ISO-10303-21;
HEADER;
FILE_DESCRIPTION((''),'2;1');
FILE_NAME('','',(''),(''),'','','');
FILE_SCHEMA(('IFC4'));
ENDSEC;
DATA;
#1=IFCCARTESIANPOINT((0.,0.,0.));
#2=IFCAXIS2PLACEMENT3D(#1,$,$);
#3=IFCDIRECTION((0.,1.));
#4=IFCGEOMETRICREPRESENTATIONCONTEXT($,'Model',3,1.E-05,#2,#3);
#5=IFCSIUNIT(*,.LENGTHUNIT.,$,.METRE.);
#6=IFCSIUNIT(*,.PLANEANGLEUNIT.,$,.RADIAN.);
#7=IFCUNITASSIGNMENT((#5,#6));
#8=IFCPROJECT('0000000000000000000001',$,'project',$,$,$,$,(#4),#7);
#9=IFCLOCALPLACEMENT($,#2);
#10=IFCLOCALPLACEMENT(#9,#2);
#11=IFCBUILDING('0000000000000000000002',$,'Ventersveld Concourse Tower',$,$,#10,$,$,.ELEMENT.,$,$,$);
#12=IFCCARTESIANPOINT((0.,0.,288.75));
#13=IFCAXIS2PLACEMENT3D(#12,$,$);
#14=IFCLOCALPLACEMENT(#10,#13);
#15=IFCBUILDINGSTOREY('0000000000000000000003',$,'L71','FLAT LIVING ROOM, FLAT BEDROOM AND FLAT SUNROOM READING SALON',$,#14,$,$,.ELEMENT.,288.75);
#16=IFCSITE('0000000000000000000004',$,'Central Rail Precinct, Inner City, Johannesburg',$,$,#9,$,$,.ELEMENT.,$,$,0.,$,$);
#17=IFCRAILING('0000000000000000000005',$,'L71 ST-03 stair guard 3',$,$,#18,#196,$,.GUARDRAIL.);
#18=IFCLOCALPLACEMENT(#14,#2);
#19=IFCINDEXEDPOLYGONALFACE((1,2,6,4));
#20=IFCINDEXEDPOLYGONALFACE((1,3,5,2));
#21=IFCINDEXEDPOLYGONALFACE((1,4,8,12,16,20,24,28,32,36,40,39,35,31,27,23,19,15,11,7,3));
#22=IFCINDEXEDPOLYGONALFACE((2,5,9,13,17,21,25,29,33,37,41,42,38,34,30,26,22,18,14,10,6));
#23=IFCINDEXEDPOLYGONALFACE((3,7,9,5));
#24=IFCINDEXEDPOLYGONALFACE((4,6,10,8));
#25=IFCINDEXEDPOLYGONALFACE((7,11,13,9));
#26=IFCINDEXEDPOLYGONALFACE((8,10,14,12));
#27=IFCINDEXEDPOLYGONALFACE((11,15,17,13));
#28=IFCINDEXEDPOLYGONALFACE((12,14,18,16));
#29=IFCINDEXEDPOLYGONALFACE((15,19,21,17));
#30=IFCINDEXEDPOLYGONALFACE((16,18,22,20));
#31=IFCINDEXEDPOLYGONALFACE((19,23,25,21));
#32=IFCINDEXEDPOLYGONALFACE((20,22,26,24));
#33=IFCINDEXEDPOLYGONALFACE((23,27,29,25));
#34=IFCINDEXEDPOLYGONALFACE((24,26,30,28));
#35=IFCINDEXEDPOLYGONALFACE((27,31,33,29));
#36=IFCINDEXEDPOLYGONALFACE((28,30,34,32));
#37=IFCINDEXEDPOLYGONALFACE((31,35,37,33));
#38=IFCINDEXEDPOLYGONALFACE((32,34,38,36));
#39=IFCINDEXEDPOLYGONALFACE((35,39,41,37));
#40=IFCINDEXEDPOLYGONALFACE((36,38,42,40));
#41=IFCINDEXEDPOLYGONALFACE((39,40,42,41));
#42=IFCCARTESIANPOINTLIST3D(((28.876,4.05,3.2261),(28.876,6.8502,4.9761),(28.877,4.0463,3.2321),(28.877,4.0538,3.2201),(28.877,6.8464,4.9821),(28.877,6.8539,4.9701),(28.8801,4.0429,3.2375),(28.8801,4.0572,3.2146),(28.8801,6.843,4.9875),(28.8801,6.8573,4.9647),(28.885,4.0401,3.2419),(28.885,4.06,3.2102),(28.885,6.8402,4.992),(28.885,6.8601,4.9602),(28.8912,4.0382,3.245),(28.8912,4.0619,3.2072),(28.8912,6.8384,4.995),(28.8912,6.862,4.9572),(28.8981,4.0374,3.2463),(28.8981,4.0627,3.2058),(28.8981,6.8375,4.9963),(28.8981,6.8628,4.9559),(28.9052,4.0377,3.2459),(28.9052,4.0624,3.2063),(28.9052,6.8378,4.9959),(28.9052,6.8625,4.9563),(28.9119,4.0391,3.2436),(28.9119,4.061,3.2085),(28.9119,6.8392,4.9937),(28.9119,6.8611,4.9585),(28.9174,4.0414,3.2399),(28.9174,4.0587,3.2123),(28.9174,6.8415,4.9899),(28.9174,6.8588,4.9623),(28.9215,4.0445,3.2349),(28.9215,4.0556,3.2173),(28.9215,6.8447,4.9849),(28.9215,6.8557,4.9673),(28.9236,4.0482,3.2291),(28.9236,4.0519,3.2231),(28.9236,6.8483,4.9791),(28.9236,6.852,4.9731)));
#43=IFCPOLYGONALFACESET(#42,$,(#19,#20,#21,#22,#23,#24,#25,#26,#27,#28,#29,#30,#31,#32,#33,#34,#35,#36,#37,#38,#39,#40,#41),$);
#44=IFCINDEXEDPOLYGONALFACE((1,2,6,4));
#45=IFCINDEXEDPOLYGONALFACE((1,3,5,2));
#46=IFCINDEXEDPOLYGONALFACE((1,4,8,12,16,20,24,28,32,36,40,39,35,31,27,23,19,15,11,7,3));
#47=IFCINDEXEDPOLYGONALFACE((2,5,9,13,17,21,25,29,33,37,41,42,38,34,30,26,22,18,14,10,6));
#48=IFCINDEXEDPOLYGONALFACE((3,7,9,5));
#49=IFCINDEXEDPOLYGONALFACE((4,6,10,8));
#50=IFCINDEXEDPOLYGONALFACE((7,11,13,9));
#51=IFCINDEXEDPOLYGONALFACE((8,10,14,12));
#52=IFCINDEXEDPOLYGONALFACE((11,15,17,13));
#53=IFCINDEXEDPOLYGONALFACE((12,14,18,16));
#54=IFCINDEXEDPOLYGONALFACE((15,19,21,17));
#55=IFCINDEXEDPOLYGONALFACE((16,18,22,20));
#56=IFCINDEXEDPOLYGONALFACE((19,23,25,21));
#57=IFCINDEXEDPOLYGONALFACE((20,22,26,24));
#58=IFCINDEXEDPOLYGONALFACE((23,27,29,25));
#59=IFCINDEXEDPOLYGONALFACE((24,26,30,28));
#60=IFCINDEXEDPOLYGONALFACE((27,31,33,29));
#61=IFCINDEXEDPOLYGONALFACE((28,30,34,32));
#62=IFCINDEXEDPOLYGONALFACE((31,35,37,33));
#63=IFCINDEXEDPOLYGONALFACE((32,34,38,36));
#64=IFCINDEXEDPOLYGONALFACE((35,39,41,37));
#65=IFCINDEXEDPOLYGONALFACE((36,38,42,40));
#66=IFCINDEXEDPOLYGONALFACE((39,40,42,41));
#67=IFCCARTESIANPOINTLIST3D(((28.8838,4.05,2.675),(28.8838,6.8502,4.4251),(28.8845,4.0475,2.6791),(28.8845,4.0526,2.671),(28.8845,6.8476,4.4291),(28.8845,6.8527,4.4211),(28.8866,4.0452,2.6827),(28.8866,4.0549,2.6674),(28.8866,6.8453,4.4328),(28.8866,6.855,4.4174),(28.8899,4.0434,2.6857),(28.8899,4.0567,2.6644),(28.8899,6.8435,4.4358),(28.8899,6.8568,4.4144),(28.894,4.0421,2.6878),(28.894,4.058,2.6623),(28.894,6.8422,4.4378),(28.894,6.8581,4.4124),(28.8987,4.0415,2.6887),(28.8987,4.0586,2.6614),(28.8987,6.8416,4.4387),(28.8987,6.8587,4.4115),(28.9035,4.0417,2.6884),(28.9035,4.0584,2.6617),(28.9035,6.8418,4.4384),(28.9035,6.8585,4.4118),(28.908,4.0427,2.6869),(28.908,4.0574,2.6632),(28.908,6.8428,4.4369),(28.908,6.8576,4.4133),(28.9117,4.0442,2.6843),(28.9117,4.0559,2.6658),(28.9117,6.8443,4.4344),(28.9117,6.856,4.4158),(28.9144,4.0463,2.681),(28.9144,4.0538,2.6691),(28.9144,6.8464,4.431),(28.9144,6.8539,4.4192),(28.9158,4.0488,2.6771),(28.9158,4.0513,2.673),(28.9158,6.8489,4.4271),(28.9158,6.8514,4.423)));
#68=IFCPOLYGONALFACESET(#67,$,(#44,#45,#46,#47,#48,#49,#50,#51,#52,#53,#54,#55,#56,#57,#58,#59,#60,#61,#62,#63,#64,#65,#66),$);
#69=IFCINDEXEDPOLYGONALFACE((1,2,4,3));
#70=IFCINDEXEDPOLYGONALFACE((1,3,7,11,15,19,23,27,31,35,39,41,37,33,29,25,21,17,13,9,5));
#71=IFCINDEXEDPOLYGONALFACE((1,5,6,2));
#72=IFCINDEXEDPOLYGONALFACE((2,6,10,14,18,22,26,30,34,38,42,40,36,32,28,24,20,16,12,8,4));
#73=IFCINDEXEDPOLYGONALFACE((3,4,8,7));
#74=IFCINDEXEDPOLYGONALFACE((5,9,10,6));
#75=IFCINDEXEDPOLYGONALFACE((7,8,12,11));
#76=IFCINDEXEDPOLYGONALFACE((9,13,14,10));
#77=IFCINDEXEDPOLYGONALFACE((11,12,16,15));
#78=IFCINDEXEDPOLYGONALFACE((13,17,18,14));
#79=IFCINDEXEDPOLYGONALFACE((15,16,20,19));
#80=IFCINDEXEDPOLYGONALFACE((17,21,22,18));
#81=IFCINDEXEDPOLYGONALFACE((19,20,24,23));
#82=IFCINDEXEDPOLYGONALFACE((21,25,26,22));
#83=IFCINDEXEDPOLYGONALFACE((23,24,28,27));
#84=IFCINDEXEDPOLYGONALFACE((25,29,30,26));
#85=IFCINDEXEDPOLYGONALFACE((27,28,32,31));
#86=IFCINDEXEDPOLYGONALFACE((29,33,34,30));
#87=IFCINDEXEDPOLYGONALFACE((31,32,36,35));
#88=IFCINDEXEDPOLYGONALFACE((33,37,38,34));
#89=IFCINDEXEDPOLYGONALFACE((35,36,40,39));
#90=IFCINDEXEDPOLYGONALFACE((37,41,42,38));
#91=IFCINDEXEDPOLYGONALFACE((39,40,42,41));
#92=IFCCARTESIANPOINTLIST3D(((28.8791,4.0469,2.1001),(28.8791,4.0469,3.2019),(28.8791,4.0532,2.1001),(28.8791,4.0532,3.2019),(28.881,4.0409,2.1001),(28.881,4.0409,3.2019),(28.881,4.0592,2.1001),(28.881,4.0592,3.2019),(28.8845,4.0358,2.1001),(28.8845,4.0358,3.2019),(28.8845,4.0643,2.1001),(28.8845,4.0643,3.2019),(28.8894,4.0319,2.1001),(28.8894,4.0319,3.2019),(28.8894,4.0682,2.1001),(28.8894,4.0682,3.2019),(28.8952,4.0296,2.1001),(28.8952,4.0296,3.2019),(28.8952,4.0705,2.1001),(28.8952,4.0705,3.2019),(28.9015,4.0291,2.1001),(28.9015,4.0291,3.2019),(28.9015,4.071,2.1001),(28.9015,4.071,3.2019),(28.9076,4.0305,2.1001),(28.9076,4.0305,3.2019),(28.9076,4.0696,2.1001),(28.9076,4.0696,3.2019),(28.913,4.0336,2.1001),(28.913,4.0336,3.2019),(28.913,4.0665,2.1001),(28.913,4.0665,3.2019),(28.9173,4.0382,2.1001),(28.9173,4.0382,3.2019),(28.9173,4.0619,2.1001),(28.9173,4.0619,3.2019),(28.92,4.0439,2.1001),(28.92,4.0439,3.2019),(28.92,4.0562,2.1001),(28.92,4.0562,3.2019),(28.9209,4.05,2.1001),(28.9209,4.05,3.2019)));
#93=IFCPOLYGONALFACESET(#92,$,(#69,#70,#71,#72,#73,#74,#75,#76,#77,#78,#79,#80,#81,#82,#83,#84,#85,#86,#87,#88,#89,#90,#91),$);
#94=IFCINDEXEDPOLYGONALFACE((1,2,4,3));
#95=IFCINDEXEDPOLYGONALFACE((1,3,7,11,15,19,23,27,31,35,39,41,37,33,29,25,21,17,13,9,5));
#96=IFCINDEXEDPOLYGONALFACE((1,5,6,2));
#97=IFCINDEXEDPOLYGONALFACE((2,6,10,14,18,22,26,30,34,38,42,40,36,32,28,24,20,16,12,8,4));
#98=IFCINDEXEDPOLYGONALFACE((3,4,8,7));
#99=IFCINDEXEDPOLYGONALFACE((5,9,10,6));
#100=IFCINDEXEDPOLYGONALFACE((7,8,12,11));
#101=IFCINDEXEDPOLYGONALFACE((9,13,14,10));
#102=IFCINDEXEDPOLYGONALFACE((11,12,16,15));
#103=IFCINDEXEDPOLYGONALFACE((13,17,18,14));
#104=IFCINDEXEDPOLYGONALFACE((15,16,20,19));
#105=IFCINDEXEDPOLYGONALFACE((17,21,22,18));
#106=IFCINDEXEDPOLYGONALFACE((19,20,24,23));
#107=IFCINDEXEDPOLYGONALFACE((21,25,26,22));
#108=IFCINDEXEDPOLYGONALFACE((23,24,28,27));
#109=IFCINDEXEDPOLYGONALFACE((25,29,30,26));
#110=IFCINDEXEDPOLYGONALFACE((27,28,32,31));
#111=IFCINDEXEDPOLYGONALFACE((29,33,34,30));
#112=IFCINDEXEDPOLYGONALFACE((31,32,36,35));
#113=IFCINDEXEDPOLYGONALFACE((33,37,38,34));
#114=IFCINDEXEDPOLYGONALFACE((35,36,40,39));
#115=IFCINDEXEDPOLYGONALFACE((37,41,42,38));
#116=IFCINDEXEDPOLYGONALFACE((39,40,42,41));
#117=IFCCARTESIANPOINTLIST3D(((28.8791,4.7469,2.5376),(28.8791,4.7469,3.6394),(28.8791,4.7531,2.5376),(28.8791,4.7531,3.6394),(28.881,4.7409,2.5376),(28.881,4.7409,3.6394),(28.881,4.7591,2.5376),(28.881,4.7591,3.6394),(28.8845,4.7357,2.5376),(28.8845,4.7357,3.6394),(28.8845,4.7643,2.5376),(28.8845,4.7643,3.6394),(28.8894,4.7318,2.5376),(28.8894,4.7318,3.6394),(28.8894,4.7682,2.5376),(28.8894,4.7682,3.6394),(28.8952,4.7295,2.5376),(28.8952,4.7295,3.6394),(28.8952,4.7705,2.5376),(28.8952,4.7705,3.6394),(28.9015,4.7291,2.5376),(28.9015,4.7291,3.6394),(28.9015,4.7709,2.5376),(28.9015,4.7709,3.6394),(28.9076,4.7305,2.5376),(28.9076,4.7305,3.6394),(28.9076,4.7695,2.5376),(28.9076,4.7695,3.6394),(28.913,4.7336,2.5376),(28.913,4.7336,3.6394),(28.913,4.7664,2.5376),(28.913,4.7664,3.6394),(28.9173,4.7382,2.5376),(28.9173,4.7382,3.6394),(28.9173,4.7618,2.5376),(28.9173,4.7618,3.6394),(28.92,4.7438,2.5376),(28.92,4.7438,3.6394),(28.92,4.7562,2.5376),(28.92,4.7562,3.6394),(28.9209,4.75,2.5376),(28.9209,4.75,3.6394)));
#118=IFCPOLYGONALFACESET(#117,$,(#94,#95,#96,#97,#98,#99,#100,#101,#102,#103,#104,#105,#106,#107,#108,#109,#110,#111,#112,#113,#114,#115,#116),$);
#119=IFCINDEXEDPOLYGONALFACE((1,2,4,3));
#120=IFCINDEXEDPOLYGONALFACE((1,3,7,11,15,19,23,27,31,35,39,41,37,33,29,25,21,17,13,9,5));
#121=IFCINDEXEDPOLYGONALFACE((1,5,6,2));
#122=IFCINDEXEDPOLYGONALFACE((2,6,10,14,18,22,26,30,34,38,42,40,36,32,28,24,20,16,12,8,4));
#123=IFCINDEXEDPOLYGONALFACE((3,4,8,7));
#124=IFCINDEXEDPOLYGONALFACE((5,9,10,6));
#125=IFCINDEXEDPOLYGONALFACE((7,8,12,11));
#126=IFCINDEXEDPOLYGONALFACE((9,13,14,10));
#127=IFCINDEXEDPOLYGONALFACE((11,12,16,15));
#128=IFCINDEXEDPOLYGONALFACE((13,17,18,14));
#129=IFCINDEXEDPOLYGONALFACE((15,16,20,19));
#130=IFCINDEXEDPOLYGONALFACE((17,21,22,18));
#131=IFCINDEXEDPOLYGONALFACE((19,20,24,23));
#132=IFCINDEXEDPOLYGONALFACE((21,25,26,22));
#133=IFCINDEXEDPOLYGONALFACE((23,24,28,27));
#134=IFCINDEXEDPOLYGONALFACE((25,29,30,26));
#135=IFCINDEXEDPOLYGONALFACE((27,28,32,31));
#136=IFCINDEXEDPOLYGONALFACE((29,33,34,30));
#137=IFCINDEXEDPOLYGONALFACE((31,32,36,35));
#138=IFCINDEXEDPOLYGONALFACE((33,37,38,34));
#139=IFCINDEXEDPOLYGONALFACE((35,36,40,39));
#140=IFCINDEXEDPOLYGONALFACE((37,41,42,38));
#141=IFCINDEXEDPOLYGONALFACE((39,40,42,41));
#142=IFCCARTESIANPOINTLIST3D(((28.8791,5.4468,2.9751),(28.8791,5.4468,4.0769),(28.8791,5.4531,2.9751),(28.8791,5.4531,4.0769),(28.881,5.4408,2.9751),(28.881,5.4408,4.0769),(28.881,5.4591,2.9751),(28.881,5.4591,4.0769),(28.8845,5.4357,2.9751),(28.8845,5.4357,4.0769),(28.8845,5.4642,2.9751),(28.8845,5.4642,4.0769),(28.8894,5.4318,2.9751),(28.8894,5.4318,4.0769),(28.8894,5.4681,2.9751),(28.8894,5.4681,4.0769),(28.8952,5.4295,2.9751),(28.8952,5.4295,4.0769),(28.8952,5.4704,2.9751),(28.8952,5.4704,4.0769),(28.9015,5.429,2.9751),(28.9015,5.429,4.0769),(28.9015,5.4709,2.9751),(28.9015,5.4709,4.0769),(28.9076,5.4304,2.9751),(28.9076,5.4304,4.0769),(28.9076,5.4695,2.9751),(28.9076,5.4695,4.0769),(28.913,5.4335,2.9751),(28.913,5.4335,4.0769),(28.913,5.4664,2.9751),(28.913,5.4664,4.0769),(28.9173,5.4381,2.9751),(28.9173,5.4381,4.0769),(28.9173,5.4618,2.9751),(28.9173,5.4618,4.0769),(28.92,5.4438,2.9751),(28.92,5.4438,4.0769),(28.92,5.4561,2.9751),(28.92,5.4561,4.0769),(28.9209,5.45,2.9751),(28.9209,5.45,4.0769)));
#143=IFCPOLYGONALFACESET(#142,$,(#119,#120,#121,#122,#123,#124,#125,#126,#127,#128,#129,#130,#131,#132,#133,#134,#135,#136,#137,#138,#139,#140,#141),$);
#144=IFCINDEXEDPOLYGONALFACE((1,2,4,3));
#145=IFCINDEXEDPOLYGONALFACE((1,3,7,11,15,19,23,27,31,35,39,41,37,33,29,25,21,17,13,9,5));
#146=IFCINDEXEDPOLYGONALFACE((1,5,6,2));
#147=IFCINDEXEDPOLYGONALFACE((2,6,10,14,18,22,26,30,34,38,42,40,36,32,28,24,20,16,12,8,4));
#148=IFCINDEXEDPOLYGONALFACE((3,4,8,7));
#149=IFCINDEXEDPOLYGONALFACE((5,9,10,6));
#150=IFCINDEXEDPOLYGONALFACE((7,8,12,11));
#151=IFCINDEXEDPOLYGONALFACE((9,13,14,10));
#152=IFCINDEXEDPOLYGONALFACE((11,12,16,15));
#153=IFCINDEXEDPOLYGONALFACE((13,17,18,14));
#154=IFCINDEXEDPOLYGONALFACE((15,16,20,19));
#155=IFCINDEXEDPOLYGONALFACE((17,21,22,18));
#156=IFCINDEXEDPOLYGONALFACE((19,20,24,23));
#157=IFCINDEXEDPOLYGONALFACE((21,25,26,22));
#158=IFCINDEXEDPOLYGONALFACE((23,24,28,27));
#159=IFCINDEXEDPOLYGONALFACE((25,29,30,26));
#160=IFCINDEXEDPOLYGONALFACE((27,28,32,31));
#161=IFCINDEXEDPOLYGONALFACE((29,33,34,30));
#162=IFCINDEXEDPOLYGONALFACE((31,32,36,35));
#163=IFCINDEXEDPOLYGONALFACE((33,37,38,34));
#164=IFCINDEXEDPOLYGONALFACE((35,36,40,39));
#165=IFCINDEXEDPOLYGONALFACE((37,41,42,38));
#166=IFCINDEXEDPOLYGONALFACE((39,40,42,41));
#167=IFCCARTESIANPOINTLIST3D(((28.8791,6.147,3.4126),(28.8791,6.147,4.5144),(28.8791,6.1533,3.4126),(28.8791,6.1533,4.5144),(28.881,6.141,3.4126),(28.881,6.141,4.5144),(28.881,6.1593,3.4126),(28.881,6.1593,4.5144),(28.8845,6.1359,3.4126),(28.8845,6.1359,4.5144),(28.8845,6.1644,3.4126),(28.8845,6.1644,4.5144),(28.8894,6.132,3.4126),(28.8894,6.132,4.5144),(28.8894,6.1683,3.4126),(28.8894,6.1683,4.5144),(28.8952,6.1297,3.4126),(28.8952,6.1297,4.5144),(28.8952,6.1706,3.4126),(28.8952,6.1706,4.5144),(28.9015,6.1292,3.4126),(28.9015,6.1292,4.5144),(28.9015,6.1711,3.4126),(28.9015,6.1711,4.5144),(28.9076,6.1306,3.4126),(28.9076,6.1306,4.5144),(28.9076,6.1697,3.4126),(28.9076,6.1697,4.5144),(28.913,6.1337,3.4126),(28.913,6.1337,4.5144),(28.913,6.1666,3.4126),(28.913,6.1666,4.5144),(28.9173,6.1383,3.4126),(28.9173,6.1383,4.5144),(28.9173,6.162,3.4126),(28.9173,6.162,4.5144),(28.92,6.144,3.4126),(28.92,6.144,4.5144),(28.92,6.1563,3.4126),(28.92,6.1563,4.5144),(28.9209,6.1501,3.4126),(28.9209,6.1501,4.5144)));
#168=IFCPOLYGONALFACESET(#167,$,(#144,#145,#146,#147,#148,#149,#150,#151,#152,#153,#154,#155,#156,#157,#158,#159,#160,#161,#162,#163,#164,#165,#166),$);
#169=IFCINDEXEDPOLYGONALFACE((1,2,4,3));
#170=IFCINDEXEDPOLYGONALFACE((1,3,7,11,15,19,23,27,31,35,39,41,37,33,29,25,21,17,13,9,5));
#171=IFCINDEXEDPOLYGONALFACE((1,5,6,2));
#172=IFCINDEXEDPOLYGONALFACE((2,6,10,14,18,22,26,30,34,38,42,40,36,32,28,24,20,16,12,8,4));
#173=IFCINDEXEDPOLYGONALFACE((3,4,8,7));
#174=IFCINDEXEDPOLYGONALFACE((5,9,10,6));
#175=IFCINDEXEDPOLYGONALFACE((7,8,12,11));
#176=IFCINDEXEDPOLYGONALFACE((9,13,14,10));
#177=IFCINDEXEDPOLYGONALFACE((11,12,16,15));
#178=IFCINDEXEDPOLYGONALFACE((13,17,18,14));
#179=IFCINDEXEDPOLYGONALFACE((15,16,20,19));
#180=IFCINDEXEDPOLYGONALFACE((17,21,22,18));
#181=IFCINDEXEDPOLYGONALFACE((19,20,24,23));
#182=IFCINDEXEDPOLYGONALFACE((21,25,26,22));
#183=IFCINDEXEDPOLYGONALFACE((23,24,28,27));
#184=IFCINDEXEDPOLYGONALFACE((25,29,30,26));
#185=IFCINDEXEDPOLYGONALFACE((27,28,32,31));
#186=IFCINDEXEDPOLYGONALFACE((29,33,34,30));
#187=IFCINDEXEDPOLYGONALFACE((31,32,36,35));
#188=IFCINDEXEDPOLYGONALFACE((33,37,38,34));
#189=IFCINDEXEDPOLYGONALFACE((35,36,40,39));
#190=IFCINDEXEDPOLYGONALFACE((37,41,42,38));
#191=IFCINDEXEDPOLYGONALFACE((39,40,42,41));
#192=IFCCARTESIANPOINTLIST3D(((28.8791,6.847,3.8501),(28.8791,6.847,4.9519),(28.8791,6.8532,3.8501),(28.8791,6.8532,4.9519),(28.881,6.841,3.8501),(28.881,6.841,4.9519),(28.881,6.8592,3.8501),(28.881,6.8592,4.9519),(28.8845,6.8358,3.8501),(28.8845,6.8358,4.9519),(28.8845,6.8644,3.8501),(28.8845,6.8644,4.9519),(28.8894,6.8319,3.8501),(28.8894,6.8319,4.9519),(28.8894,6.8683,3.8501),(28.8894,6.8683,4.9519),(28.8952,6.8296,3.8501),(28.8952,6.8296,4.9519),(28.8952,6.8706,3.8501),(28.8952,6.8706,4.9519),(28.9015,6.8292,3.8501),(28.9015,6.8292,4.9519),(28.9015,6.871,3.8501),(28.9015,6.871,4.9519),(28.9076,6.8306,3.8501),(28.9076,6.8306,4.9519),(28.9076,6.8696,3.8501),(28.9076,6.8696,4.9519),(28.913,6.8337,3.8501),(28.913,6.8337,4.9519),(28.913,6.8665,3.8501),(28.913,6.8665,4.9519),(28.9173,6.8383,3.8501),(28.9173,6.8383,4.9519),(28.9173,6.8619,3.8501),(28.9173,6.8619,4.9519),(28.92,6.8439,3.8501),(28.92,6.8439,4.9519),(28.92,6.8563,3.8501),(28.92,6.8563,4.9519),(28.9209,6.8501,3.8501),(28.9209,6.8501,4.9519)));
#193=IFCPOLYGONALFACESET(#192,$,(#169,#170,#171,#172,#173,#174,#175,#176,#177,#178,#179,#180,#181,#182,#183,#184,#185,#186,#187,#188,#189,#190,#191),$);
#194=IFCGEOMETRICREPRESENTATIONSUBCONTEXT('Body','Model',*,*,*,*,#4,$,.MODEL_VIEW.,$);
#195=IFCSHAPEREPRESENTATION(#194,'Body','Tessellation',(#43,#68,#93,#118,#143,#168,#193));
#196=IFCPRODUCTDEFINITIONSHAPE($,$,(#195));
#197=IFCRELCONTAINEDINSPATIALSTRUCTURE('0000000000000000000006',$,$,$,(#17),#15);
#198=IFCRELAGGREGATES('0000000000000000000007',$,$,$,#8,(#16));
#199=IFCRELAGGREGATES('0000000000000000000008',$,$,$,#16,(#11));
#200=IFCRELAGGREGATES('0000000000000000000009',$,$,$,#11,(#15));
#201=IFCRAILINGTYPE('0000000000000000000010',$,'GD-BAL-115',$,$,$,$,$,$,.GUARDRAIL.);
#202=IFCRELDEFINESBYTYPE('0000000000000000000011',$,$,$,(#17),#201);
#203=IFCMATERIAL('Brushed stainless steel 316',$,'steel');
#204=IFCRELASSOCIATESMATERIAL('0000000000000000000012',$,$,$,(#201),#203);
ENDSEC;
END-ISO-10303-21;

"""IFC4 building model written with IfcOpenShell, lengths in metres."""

from ifc_helpers import new_model, si_unit, direction, frame, origin, origin_2d, place, context, subcontext, project, spatial, circle, extrude, material, type_object, element, save


model = new_model("IFC4")

# Units and contexts
model_context = context("Model", 3, precision=1e-05, world=origin(), true_north=direction((0.0, 1.0)))
body_context = subcontext(model_context, "Body", "Model", "MODEL_VIEW")
ifc_project = project(units=[si_unit("LENGTHUNIT", "METRE"), si_unit("PLANEANGLEUNIT", "RADIAN")], contexts=[model_context])

# Site, building, storey
site_placement = place(None, origin())
site = spatial("IfcSite", under=ifc_project, at=site_placement, Name="Central Rail Precinct, Inner City, Johannesburg", CompositionType="ELEMENT", RefElevation=0.0)
building_placement = place(site_placement, origin())
building = spatial("IfcBuilding", under=site, at=building_placement, Name="Ventersveld Concourse Tower", CompositionType="ELEMENT")
storey_placement = place(building_placement, frame((0.0, 0.0, 288.75)))
storey = spatial("IfcBuildingStorey", under=building, at=storey_placement, Name="L71", Description="FLAT LIVING ROOM, FLAT BEDROOM AND FLAT SUNROOM READING SALON", CompositionType="ELEMENT", Elevation=288.75)

# Railing
ifc_material_1 = material(Name="Brushed stainless steel 316", Category="steel")
railing_type_1 = type_object("IfcRailingType", Name="GD-BAL-115", PredefinedType="GUARDRAIL", material=ifc_material_1)
railing_1_placement = place(storey_placement, frame((28.8999, 4.05, 2.1001)))
element("IfcRailing", 1, at=railing_1_placement, inside=storey, type_object=railing_type_1, Name="L71 ST-03 stair guard 3", PredefinedType="GUARDRAIL", context=body_context, shape_type="SweptSolid", body=[
    extrude(circle(Radius=0.0239, at=origin_2d()), frame((0.0, 0.0, 1.126), z_axis=(0.0, 0.848002, 0.529992), x_axis=(-1.0, 0.0, 0.0)), (0.0, 0.0, 1.0), 3.302),
    extrude(circle(Radius=0.0161, at=origin_2d()), frame((0.0, 0.0, 0.575), z_axis=(0.0, 0.848002, 0.529992), x_axis=(-1.0, 0.0, 0.0)), (0.0, 0.0, 1.0), 3.302),
    extrude(circle(Radius=0.021, at=origin_2d()), origin(), (0.0, 0.0, 1.0), 1.1018),
    extrude(circle(Radius=0.021, at=origin_2d()), frame((0.0, 0.7, 0.4375)), (0.0, 0.0, 1.0), 1.1018),
    extrude(circle(Radius=0.021, at=origin_2d()), frame((0.0, 1.3999, 0.875)), (0.0, 0.0, 1.0), 1.1018),
    extrude(circle(Radius=0.021, at=origin_2d()), frame((0.0, 2.1001, 1.3125)), (0.0, 0.0, 1.0), 1.1018),
    extrude(circle(Radius=0.021, at=origin_2d()), frame((0.0, 2.8, 1.75)), (0.0, 0.0, 1.0), 1.1018),
])

save(model, "model.ifc")
